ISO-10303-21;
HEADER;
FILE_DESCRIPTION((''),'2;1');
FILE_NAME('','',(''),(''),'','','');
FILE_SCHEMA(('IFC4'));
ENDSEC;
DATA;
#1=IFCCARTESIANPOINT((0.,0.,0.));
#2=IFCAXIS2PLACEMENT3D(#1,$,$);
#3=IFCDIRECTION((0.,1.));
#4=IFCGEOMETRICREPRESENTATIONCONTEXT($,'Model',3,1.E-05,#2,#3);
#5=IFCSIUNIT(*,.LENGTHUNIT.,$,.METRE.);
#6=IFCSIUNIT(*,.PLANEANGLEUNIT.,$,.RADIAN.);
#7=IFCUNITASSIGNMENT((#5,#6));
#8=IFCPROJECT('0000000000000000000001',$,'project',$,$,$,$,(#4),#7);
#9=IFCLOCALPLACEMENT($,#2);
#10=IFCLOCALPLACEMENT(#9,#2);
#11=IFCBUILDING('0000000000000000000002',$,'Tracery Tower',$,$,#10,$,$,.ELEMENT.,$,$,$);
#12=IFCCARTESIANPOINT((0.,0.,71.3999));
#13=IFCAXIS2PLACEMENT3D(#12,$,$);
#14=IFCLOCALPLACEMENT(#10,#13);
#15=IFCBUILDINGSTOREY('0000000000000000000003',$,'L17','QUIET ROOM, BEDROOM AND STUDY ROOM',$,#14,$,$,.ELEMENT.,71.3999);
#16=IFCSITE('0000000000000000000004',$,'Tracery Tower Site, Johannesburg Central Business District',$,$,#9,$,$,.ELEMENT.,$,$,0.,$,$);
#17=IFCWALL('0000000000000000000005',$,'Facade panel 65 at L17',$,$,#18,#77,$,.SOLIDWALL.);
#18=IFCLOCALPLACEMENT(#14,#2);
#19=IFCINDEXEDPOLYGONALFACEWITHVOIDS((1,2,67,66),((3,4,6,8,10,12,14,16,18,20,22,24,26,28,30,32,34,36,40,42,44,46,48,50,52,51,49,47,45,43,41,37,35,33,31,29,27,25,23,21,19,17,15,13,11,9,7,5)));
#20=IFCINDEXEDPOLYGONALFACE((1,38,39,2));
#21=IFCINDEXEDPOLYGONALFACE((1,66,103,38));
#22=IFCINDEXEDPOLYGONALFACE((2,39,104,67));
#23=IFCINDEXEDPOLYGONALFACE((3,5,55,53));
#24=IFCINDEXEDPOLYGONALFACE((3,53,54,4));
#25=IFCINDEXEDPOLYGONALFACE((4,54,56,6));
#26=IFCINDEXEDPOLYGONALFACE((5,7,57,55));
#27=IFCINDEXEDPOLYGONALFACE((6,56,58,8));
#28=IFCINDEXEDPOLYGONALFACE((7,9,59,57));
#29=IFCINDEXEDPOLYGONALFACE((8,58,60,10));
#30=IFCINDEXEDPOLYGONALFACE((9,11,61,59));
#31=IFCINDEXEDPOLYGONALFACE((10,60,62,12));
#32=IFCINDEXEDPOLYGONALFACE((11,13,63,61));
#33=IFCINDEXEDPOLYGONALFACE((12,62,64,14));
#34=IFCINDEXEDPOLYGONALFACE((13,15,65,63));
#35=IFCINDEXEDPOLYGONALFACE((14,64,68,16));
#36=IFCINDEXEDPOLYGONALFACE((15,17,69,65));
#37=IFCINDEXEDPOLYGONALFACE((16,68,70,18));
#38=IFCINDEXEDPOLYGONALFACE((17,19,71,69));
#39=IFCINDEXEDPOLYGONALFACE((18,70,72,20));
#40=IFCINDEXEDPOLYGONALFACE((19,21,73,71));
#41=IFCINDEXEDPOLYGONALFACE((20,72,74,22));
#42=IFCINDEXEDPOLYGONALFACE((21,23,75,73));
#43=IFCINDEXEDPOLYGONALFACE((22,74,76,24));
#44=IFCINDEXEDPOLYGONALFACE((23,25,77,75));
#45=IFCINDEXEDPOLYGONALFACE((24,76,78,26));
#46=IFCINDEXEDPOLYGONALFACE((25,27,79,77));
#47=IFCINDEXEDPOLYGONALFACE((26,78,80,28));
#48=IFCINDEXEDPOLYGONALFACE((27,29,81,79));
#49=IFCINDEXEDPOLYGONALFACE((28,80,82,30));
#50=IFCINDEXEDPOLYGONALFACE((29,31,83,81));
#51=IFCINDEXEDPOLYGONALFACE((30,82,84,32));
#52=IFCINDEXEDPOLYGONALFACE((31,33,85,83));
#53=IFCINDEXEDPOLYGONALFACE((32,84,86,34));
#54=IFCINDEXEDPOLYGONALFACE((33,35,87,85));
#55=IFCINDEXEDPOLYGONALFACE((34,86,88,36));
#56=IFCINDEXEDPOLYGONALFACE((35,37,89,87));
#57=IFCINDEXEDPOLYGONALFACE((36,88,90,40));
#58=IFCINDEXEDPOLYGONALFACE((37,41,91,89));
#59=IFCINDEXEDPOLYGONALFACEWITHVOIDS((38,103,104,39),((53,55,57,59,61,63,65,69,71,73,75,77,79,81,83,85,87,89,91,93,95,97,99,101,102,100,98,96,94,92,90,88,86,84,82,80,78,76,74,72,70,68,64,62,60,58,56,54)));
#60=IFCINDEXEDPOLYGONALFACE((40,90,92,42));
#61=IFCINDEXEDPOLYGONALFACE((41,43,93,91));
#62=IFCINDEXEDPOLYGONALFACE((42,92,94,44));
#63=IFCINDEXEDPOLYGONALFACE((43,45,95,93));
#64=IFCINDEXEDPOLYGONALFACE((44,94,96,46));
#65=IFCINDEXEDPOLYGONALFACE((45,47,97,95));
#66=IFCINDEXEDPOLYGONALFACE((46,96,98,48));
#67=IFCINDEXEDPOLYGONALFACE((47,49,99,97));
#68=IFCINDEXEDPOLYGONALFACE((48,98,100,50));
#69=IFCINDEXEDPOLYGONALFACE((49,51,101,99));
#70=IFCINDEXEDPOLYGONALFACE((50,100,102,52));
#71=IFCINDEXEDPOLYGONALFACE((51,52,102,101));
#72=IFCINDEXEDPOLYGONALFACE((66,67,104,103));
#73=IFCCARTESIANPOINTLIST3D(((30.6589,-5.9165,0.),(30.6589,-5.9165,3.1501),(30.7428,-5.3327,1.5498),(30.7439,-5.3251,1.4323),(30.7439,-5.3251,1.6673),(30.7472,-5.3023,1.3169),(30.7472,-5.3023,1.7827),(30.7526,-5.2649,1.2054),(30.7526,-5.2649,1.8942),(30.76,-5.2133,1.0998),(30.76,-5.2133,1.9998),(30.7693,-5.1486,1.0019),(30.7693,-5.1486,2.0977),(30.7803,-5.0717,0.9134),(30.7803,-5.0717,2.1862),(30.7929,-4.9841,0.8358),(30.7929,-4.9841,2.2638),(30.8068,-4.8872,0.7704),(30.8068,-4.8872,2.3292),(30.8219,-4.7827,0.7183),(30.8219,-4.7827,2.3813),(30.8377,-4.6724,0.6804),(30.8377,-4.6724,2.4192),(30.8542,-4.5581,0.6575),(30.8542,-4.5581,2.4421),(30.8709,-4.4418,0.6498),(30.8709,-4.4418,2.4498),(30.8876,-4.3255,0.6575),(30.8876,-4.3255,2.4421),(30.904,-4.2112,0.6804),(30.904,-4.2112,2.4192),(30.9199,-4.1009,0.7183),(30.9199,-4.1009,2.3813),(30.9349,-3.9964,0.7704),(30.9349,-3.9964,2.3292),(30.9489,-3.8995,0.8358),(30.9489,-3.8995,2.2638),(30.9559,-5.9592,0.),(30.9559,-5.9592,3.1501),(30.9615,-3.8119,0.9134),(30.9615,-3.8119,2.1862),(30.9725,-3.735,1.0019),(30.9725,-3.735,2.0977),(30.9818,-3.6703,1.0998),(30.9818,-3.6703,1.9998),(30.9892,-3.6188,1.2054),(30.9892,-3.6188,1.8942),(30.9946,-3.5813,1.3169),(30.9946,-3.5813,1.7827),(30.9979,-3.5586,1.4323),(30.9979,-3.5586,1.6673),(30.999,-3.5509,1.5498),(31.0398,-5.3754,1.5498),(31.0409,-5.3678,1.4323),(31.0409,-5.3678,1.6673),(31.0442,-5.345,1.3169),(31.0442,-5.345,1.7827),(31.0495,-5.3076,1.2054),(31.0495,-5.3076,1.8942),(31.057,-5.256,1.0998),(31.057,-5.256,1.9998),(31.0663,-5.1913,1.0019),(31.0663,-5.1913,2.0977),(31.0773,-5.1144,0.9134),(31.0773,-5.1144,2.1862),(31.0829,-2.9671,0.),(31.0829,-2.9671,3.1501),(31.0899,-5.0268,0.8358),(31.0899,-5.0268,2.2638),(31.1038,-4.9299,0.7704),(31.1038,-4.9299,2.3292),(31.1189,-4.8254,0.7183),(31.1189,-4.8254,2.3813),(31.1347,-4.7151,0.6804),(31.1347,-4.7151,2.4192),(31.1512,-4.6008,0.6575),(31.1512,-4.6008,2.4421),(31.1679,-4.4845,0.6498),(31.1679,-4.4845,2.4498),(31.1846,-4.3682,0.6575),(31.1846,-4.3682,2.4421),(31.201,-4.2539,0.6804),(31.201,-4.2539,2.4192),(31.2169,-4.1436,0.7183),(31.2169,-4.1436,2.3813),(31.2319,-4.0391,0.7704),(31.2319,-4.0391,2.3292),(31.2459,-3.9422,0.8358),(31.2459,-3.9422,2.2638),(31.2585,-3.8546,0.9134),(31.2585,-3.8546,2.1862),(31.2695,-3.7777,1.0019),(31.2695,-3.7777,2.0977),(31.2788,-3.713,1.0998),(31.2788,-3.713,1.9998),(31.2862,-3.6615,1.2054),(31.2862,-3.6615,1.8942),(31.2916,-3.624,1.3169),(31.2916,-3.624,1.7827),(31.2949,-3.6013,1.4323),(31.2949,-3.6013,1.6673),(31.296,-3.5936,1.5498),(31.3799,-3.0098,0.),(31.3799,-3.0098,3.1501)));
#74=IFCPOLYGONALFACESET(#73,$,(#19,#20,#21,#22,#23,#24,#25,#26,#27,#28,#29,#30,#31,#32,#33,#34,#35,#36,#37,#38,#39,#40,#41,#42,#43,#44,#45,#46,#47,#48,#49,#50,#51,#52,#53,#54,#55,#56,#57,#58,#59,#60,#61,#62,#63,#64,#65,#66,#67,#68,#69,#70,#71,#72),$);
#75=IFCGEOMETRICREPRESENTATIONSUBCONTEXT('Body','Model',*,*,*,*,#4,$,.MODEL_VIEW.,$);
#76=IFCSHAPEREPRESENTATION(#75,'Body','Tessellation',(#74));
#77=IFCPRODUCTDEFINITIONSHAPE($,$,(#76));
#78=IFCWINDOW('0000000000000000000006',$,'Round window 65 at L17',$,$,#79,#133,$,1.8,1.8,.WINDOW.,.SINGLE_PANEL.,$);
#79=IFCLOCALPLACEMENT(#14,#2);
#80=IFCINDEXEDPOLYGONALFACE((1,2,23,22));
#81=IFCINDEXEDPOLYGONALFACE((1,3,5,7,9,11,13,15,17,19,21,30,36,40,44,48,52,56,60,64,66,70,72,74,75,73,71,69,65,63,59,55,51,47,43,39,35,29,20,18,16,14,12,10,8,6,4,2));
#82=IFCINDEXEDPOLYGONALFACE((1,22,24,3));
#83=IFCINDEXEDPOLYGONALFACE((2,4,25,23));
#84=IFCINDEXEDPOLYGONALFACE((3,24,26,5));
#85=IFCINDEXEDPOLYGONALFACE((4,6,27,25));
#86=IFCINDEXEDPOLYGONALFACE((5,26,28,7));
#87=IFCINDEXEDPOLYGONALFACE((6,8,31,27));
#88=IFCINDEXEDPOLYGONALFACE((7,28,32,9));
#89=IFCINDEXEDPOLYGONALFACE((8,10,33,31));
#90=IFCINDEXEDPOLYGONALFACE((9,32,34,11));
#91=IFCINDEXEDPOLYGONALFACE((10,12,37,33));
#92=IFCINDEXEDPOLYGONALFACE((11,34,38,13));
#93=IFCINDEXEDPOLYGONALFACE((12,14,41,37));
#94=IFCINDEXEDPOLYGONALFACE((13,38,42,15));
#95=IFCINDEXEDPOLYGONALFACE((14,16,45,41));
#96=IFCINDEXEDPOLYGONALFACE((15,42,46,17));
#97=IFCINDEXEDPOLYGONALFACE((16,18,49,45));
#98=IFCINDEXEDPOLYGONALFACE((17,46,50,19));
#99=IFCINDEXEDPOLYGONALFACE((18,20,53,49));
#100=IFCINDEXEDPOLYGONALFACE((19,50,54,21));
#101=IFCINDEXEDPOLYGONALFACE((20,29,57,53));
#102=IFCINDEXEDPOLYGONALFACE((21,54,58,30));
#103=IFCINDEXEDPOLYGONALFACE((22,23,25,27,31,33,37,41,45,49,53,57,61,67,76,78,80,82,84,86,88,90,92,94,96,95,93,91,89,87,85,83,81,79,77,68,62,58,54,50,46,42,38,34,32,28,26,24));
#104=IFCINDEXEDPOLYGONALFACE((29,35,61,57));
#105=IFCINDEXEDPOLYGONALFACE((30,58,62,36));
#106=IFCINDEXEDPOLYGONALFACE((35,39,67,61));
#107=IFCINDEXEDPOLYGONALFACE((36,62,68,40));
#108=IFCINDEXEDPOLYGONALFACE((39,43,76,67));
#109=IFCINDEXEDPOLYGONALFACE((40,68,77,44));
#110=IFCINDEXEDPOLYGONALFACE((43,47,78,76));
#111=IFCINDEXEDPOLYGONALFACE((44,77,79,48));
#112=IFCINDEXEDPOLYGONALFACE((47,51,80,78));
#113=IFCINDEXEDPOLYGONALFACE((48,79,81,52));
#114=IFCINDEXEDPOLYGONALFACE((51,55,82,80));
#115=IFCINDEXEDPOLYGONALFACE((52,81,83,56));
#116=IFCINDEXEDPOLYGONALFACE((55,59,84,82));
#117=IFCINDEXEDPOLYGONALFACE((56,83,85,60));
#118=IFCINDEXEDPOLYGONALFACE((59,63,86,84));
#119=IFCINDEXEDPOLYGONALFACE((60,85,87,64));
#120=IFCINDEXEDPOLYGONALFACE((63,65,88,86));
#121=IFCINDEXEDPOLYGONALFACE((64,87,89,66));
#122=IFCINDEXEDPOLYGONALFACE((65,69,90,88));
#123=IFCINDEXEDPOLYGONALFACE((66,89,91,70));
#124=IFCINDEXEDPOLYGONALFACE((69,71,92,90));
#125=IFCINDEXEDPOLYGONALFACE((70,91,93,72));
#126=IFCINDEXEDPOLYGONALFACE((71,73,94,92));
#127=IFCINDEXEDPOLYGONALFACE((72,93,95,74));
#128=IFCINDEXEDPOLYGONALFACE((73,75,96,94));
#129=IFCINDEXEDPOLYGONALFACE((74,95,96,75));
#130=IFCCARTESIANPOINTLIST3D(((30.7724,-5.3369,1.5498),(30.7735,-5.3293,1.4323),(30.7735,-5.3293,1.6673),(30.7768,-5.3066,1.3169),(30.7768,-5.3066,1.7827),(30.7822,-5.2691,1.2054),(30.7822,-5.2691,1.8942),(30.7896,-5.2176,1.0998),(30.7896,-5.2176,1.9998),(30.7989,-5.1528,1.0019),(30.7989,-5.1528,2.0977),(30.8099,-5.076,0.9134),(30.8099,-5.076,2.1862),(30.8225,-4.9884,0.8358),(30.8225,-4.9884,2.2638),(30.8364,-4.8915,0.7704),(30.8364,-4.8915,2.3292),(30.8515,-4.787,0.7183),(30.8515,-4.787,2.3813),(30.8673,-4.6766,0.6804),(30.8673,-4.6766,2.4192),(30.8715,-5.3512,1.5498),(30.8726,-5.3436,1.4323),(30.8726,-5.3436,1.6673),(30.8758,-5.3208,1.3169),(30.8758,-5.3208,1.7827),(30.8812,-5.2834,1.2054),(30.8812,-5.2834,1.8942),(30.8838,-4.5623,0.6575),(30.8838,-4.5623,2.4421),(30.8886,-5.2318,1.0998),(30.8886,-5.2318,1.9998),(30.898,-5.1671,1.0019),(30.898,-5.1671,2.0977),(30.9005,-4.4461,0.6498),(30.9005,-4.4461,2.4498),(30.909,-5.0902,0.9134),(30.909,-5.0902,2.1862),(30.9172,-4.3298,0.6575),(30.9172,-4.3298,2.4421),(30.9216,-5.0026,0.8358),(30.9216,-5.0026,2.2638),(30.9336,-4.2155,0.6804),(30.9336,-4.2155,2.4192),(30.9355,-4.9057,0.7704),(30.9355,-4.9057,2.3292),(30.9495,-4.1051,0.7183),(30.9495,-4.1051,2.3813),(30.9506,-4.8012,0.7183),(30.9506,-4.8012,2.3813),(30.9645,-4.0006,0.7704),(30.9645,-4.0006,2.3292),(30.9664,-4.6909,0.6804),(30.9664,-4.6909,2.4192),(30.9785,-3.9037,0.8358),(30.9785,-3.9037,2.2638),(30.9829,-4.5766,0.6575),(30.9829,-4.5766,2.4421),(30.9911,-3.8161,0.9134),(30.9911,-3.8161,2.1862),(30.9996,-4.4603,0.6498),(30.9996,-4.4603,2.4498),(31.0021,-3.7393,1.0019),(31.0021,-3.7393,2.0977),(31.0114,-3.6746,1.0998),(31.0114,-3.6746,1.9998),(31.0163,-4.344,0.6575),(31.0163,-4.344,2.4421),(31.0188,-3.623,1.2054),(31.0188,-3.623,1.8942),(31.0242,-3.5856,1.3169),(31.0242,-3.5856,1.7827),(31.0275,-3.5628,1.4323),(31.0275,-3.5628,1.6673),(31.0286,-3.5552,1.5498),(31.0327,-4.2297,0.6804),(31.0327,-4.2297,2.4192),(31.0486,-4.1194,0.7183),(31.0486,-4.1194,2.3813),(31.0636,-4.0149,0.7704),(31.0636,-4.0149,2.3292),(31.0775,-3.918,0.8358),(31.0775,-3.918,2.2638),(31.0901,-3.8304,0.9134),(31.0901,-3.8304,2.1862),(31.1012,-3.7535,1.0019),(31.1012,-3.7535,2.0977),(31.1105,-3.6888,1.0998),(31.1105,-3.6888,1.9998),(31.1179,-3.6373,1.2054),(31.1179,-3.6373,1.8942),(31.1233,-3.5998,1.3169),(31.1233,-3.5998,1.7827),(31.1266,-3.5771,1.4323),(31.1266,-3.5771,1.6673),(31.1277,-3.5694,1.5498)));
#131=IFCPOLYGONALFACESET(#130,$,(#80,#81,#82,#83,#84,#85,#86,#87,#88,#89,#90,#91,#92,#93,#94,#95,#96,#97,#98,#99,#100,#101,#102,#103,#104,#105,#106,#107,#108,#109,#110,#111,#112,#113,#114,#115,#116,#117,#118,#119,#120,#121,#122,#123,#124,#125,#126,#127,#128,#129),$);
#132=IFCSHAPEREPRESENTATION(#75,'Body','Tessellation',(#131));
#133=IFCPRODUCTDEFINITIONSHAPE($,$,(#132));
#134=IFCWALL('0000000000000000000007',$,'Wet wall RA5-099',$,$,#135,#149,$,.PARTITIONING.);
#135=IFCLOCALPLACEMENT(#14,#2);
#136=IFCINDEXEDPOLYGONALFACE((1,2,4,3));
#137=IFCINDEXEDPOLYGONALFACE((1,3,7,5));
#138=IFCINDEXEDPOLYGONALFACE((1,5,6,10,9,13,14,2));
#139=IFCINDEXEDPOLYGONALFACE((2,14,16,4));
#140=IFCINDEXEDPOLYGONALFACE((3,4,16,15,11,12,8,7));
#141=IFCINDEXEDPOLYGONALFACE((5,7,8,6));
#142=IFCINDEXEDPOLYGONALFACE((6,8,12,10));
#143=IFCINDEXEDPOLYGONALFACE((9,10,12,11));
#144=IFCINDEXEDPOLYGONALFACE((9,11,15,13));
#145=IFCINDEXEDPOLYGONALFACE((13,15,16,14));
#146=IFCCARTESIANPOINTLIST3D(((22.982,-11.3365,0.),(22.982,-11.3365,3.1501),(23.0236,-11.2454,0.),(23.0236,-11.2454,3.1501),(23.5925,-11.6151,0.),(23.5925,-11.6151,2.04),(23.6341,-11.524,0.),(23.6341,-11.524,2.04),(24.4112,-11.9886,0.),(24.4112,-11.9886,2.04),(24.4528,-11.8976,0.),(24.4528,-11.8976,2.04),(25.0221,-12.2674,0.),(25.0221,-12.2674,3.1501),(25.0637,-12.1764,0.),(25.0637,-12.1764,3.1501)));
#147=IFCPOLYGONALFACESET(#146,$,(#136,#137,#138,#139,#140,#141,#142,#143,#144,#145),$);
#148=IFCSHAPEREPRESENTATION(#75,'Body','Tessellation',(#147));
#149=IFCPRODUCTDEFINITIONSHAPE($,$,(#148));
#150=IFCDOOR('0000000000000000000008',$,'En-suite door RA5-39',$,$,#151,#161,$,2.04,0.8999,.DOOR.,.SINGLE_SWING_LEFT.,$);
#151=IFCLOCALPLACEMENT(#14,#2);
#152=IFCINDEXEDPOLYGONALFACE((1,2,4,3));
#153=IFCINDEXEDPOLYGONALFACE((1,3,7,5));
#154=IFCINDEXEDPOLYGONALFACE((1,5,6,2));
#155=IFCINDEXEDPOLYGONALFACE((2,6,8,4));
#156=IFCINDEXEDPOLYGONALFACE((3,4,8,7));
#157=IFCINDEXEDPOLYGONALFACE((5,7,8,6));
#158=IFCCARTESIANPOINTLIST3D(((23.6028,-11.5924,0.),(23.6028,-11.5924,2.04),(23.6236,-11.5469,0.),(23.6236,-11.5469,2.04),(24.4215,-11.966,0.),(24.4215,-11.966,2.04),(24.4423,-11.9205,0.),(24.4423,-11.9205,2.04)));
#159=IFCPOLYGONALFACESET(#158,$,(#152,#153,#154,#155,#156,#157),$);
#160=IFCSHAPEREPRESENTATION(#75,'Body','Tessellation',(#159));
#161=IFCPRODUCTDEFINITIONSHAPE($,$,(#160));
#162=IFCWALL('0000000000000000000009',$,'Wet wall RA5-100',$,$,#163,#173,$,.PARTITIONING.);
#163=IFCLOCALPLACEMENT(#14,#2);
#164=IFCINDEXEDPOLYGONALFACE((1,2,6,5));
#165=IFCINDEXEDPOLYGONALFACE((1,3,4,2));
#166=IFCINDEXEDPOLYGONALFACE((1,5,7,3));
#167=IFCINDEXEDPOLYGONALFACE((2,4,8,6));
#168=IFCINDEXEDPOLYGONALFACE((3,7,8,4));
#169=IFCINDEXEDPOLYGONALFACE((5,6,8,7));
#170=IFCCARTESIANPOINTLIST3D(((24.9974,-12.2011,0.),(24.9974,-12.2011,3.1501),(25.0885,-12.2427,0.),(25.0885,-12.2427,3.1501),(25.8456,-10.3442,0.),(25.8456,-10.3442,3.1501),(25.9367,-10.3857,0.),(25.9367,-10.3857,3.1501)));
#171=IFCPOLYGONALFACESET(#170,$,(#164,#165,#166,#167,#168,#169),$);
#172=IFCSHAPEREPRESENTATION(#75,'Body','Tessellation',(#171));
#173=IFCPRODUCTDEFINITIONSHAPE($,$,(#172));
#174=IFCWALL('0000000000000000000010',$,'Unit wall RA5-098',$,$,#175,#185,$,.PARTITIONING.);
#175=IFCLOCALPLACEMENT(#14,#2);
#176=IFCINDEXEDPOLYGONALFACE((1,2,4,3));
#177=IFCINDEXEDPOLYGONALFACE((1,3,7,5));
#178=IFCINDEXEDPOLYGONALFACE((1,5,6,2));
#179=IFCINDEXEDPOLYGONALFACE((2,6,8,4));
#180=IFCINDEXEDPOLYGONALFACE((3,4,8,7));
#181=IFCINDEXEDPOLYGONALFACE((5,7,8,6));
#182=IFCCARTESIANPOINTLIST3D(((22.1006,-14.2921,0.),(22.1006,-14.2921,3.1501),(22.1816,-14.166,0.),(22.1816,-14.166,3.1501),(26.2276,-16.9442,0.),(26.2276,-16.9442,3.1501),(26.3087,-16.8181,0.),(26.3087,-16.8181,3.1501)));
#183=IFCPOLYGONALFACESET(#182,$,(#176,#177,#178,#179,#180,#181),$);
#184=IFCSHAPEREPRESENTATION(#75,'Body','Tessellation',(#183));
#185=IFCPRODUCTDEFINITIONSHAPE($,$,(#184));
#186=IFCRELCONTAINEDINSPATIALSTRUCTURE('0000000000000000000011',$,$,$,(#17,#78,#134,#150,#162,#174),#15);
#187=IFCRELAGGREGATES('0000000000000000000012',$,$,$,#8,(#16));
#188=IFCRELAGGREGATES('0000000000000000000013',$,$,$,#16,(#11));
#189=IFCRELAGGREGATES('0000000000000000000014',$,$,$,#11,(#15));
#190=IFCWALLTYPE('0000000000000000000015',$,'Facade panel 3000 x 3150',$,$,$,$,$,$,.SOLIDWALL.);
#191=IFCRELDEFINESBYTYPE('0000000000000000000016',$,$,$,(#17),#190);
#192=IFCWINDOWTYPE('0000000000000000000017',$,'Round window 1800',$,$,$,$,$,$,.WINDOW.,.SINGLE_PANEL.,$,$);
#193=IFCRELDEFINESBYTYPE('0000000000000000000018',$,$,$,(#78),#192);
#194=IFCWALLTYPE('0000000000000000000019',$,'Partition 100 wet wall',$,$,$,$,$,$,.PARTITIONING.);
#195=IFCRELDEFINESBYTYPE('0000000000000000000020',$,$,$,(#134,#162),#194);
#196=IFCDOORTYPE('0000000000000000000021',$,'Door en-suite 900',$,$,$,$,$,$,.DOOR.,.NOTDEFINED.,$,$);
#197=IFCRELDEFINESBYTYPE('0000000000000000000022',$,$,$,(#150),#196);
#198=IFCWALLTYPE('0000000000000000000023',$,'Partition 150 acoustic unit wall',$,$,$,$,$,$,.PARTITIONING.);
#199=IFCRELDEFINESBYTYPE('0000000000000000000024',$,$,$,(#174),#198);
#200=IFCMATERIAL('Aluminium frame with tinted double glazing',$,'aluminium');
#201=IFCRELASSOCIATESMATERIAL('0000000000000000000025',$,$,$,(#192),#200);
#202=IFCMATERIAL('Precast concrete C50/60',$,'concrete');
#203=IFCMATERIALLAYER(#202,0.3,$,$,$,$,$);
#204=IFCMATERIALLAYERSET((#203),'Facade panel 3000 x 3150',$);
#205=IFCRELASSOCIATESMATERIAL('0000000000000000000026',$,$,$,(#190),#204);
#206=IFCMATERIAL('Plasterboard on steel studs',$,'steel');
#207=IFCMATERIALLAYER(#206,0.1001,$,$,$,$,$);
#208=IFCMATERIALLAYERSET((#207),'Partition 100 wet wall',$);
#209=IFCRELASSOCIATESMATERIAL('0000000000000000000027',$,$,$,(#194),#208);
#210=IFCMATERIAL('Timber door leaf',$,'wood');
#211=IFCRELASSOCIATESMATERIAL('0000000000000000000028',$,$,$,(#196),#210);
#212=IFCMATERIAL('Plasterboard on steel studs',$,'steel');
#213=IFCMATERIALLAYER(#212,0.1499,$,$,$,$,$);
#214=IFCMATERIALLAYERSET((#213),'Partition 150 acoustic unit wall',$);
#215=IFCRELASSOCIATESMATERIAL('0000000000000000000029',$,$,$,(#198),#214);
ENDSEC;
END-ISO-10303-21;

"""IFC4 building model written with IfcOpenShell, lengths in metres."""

from ifc_helpers import new_model, si_unit, direction, frame, frame_2d, origin, origin_2d, place, context, subcontext, project, spatial, rectangle, circle, extrude, material, layer, layer_set, type_object, element, fill, save


model = new_model("IFC4")

# Units and contexts
model_context = context("Model", 3, precision=1e-05, world=origin(), true_north=direction((0.0, 1.0)))
body_context = subcontext(model_context, "Body", "Model", "MODEL_VIEW")
ifc_project = project(units=[si_unit("LENGTHUNIT", "METRE"), si_unit("PLANEANGLEUNIT", "RADIAN")], contexts=[model_context])

# Site, building, storey
site_placement = place(None, origin())
site = spatial("IfcSite", under=ifc_project, at=site_placement, Name="Tracery Tower Site, Johannesburg Central Business District", CompositionType="ELEMENT", RefElevation=0.0)
building_placement = place(site_placement, origin())
building = spatial("IfcBuilding", under=site, at=building_placement, Name="Tracery Tower", CompositionType="ELEMENT")
storey_placement = place(building_placement, frame((0.0, 0.0, 71.3999)))
storey = spatial("IfcBuildingStorey", under=building, at=storey_placement, Name="L17", Description="QUIET ROOM, BEDROOM AND STUDY ROOM", CompositionType="ELEMENT", Elevation=71.3999)

# Wall, opening, window
ifc_material_1 = material(Name="Aluminium frame with tinted double glazing", Category="aluminium")
window_type = type_object("IfcWindowType", Name="Round window 1800", PartitioningType="SINGLE_PANEL", PredefinedType="WINDOW", material=ifc_material_1)
ifc_material_2 = material(Name="Precast concrete C50/60", Category="concrete")
ifc_layer_1 = layer(ifc_material_2, 0.3)
ifc_layer_set_1 = layer_set([ifc_layer_1], Name="Facade panel 3000 x 3150")
wall_type_1 = type_object("IfcWallType", Name="Facade panel 3000 x 3150", PredefinedType="SOLIDWALL", material=ifc_layer_set_1)
wall_1_placement = place(storey_placement, frame((30.8074, -5.9377, 0.0), z_axis=(0.0, 0.0, 1.0), x_axis=(0.142316, 0.989821, 0.0)))
wall_1 = element("IfcWall", 1, at=wall_1_placement, inside=storey, type_object=wall_type_1, Name="Facade panel 65 at L17", PredefinedType="SOLIDWALL", context=body_context, shape_type="SweptSolid", body=[
    extrude(rectangle(XDim=2.9797, YDim=0.3, at=frame_2d((1.4897, 0.0))), origin(), (0.0, 0.0, 1.0), 3.1501),
])
opening_1_placement = place(wall_1_placement, frame((1.4897, 0.0, 1.5498)))
opening_1 = element("IfcOpeningElement", 2, at=opening_1_placement, cuts=wall_1, PredefinedType="OPENING", context=body_context, shape_type="SweptSolid", body=[
    extrude(circle(Radius=0.9, at=origin_2d()), frame((0.0, 0.1599, 0.0), z_axis=(0.0, -1.0, 0.0), x_axis=(1.0, 0.0, 0.0)), (0.0, 0.0, 1.0), 0.3201),
])
window_1_placement = place(opening_1_placement, origin())
window_1 = element("IfcWindow", 3, at=window_1_placement, inside=storey, type_object=window_type, Name="Round window 65 at L17", OverallHeight=1.8, OverallWidth=1.8, PartitioningType="SINGLE_PANEL", PredefinedType="WINDOW", context=body_context, shape_type="SweptSolid", body=[
    extrude(circle(Radius=0.9, at=origin_2d()), frame((0.0, 0.1201, 0.0), z_axis=(0.0, -1.0, 0.0), x_axis=(1.0, 0.0, 0.0)), (0.0, 0.0, 1.0), 0.1001),
])
fill(opening_1, window_1)

# Wall, opening, door
ifc_material_3 = material(Name="Plasterboard on steel studs", Category="steel")
ifc_layer_2 = layer(ifc_material_3, 0.1001)
ifc_layer_set_2 = layer_set([ifc_layer_2], Name="Partition 100 wet wall")
wall_type_2 = type_object("IfcWallType", Name="Partition 100 wet wall", PredefinedType="PARTITIONING", material=ifc_layer_set_2)
wall_2_placement = place(storey_placement, frame((23.0029, -11.291, 0.0), z_axis=(0.0, 0.0, 1.0), x_axis=(0.909758, -0.41514, 0.0)))
wall_2 = element("IfcWall", 4, at=wall_2_placement, inside=storey, type_object=wall_type_2, Name="Wet wall RA5-099", PredefinedType="PARTITIONING", context=body_context, shape_type="SweptSolid", body=[
    extrude(rectangle(XDim=2.2424, YDim=0.1001, at=frame_2d((1.1211, 0.0))), origin(), (0.0, 0.0, 1.0), 3.1501),
])
opening_2_placement = place(wall_2_placement, frame((0.6709, 0.0, 0.0)))
opening_2 = element("IfcOpeningElement", 5, at=opening_2_placement, cuts=wall_2, PredefinedType="OPENING", context=body_context, shape_type="SweptSolid", body=[
    extrude(rectangle(XDim=0.8999, YDim=2.04, at=frame_2d((0.45, 1.02))), frame((0.0, 0.05, 0.0), z_axis=(0.0, -1.0, 0.0), x_axis=(1.0, 0.0, 0.0)), (0.0, 0.0, 1.0), 0.1001),
])
ifc_material_4 = material(Name="Timber door leaf", Category="wood")
door_type_1 = type_object("IfcDoorType", Name="Door en-suite 900", OperationType="NOTDEFINED", PredefinedType="DOOR", material=ifc_material_4)
door_1_placement = place(opening_2_placement, origin())
door_1 = element("IfcDoor", 6, at=door_1_placement, inside=storey, type_object=door_type_1, Name="En-suite door RA5-39", OperationType="SINGLE_SWING_LEFT", OverallHeight=2.04, OverallWidth=0.8999, PredefinedType="DOOR", context=body_context, shape_type="SweptSolid", body=[
    extrude(rectangle(XDim=0.8999, YDim=2.04, at=frame_2d((0.45, 1.02))), frame((0.0, 0.0249, 0.0), z_axis=(0.0, -1.0, 0.0), x_axis=(1.0, 0.0, 0.0)), (0.0, 0.0, 1.0), 0.05),
])
fill(opening_2, door_1)

# Walls
wall_3_placement = place(storey_placement, frame((25.043, -12.2219, 0.0), z_axis=(0.0, 0.0, 1.0), x_axis=(0.41546, 0.909611, 0.0)))
element("IfcWall", 7, at=wall_3_placement, inside=storey, type_object=wall_type_2, Name="Wet wall RA5-100", PredefinedType="PARTITIONING", context=body_context, shape_type="SweptSolid", body=[
    extrude(rectangle(XDim=2.0415, YDim=0.1001, at=frame_2d((1.0208, 0.0))), origin(), (0.0, 0.0, 1.0), 3.1501),
])
ifc_material_5 = material(Name="Plasterboard on steel studs", Category="steel")
ifc_layer_3 = layer(ifc_material_5, 0.1499)
ifc_layer_set_3 = layer_set([ifc_layer_3], Name="Partition 150 acoustic unit wall")
wall_type_3 = type_object("IfcWallType", Name="Partition 150 acoustic unit wall", PredefinedType="PARTITIONING", material=ifc_layer_set_3)
wall_4_placement = place(storey_placement, frame((22.1411, -14.229, 0.0), z_axis=(0.0, 0.0, 1.0), x_axis=(0.841266, -0.540622, 0.0)))
element("IfcWall", 8, at=wall_4_placement, inside=storey, type_object=wall_type_3, Name="Unit wall RA5-098", PredefinedType="PARTITIONING", context=body_context, shape_type="SweptSolid", body=[
    extrude(rectangle(XDim=4.9058, YDim=0.1499, at=frame_2d((2.4529, 0.0))), origin(), (0.0, 0.0, 1.0), 3.1501),
])

save(model, "model.ifc")
